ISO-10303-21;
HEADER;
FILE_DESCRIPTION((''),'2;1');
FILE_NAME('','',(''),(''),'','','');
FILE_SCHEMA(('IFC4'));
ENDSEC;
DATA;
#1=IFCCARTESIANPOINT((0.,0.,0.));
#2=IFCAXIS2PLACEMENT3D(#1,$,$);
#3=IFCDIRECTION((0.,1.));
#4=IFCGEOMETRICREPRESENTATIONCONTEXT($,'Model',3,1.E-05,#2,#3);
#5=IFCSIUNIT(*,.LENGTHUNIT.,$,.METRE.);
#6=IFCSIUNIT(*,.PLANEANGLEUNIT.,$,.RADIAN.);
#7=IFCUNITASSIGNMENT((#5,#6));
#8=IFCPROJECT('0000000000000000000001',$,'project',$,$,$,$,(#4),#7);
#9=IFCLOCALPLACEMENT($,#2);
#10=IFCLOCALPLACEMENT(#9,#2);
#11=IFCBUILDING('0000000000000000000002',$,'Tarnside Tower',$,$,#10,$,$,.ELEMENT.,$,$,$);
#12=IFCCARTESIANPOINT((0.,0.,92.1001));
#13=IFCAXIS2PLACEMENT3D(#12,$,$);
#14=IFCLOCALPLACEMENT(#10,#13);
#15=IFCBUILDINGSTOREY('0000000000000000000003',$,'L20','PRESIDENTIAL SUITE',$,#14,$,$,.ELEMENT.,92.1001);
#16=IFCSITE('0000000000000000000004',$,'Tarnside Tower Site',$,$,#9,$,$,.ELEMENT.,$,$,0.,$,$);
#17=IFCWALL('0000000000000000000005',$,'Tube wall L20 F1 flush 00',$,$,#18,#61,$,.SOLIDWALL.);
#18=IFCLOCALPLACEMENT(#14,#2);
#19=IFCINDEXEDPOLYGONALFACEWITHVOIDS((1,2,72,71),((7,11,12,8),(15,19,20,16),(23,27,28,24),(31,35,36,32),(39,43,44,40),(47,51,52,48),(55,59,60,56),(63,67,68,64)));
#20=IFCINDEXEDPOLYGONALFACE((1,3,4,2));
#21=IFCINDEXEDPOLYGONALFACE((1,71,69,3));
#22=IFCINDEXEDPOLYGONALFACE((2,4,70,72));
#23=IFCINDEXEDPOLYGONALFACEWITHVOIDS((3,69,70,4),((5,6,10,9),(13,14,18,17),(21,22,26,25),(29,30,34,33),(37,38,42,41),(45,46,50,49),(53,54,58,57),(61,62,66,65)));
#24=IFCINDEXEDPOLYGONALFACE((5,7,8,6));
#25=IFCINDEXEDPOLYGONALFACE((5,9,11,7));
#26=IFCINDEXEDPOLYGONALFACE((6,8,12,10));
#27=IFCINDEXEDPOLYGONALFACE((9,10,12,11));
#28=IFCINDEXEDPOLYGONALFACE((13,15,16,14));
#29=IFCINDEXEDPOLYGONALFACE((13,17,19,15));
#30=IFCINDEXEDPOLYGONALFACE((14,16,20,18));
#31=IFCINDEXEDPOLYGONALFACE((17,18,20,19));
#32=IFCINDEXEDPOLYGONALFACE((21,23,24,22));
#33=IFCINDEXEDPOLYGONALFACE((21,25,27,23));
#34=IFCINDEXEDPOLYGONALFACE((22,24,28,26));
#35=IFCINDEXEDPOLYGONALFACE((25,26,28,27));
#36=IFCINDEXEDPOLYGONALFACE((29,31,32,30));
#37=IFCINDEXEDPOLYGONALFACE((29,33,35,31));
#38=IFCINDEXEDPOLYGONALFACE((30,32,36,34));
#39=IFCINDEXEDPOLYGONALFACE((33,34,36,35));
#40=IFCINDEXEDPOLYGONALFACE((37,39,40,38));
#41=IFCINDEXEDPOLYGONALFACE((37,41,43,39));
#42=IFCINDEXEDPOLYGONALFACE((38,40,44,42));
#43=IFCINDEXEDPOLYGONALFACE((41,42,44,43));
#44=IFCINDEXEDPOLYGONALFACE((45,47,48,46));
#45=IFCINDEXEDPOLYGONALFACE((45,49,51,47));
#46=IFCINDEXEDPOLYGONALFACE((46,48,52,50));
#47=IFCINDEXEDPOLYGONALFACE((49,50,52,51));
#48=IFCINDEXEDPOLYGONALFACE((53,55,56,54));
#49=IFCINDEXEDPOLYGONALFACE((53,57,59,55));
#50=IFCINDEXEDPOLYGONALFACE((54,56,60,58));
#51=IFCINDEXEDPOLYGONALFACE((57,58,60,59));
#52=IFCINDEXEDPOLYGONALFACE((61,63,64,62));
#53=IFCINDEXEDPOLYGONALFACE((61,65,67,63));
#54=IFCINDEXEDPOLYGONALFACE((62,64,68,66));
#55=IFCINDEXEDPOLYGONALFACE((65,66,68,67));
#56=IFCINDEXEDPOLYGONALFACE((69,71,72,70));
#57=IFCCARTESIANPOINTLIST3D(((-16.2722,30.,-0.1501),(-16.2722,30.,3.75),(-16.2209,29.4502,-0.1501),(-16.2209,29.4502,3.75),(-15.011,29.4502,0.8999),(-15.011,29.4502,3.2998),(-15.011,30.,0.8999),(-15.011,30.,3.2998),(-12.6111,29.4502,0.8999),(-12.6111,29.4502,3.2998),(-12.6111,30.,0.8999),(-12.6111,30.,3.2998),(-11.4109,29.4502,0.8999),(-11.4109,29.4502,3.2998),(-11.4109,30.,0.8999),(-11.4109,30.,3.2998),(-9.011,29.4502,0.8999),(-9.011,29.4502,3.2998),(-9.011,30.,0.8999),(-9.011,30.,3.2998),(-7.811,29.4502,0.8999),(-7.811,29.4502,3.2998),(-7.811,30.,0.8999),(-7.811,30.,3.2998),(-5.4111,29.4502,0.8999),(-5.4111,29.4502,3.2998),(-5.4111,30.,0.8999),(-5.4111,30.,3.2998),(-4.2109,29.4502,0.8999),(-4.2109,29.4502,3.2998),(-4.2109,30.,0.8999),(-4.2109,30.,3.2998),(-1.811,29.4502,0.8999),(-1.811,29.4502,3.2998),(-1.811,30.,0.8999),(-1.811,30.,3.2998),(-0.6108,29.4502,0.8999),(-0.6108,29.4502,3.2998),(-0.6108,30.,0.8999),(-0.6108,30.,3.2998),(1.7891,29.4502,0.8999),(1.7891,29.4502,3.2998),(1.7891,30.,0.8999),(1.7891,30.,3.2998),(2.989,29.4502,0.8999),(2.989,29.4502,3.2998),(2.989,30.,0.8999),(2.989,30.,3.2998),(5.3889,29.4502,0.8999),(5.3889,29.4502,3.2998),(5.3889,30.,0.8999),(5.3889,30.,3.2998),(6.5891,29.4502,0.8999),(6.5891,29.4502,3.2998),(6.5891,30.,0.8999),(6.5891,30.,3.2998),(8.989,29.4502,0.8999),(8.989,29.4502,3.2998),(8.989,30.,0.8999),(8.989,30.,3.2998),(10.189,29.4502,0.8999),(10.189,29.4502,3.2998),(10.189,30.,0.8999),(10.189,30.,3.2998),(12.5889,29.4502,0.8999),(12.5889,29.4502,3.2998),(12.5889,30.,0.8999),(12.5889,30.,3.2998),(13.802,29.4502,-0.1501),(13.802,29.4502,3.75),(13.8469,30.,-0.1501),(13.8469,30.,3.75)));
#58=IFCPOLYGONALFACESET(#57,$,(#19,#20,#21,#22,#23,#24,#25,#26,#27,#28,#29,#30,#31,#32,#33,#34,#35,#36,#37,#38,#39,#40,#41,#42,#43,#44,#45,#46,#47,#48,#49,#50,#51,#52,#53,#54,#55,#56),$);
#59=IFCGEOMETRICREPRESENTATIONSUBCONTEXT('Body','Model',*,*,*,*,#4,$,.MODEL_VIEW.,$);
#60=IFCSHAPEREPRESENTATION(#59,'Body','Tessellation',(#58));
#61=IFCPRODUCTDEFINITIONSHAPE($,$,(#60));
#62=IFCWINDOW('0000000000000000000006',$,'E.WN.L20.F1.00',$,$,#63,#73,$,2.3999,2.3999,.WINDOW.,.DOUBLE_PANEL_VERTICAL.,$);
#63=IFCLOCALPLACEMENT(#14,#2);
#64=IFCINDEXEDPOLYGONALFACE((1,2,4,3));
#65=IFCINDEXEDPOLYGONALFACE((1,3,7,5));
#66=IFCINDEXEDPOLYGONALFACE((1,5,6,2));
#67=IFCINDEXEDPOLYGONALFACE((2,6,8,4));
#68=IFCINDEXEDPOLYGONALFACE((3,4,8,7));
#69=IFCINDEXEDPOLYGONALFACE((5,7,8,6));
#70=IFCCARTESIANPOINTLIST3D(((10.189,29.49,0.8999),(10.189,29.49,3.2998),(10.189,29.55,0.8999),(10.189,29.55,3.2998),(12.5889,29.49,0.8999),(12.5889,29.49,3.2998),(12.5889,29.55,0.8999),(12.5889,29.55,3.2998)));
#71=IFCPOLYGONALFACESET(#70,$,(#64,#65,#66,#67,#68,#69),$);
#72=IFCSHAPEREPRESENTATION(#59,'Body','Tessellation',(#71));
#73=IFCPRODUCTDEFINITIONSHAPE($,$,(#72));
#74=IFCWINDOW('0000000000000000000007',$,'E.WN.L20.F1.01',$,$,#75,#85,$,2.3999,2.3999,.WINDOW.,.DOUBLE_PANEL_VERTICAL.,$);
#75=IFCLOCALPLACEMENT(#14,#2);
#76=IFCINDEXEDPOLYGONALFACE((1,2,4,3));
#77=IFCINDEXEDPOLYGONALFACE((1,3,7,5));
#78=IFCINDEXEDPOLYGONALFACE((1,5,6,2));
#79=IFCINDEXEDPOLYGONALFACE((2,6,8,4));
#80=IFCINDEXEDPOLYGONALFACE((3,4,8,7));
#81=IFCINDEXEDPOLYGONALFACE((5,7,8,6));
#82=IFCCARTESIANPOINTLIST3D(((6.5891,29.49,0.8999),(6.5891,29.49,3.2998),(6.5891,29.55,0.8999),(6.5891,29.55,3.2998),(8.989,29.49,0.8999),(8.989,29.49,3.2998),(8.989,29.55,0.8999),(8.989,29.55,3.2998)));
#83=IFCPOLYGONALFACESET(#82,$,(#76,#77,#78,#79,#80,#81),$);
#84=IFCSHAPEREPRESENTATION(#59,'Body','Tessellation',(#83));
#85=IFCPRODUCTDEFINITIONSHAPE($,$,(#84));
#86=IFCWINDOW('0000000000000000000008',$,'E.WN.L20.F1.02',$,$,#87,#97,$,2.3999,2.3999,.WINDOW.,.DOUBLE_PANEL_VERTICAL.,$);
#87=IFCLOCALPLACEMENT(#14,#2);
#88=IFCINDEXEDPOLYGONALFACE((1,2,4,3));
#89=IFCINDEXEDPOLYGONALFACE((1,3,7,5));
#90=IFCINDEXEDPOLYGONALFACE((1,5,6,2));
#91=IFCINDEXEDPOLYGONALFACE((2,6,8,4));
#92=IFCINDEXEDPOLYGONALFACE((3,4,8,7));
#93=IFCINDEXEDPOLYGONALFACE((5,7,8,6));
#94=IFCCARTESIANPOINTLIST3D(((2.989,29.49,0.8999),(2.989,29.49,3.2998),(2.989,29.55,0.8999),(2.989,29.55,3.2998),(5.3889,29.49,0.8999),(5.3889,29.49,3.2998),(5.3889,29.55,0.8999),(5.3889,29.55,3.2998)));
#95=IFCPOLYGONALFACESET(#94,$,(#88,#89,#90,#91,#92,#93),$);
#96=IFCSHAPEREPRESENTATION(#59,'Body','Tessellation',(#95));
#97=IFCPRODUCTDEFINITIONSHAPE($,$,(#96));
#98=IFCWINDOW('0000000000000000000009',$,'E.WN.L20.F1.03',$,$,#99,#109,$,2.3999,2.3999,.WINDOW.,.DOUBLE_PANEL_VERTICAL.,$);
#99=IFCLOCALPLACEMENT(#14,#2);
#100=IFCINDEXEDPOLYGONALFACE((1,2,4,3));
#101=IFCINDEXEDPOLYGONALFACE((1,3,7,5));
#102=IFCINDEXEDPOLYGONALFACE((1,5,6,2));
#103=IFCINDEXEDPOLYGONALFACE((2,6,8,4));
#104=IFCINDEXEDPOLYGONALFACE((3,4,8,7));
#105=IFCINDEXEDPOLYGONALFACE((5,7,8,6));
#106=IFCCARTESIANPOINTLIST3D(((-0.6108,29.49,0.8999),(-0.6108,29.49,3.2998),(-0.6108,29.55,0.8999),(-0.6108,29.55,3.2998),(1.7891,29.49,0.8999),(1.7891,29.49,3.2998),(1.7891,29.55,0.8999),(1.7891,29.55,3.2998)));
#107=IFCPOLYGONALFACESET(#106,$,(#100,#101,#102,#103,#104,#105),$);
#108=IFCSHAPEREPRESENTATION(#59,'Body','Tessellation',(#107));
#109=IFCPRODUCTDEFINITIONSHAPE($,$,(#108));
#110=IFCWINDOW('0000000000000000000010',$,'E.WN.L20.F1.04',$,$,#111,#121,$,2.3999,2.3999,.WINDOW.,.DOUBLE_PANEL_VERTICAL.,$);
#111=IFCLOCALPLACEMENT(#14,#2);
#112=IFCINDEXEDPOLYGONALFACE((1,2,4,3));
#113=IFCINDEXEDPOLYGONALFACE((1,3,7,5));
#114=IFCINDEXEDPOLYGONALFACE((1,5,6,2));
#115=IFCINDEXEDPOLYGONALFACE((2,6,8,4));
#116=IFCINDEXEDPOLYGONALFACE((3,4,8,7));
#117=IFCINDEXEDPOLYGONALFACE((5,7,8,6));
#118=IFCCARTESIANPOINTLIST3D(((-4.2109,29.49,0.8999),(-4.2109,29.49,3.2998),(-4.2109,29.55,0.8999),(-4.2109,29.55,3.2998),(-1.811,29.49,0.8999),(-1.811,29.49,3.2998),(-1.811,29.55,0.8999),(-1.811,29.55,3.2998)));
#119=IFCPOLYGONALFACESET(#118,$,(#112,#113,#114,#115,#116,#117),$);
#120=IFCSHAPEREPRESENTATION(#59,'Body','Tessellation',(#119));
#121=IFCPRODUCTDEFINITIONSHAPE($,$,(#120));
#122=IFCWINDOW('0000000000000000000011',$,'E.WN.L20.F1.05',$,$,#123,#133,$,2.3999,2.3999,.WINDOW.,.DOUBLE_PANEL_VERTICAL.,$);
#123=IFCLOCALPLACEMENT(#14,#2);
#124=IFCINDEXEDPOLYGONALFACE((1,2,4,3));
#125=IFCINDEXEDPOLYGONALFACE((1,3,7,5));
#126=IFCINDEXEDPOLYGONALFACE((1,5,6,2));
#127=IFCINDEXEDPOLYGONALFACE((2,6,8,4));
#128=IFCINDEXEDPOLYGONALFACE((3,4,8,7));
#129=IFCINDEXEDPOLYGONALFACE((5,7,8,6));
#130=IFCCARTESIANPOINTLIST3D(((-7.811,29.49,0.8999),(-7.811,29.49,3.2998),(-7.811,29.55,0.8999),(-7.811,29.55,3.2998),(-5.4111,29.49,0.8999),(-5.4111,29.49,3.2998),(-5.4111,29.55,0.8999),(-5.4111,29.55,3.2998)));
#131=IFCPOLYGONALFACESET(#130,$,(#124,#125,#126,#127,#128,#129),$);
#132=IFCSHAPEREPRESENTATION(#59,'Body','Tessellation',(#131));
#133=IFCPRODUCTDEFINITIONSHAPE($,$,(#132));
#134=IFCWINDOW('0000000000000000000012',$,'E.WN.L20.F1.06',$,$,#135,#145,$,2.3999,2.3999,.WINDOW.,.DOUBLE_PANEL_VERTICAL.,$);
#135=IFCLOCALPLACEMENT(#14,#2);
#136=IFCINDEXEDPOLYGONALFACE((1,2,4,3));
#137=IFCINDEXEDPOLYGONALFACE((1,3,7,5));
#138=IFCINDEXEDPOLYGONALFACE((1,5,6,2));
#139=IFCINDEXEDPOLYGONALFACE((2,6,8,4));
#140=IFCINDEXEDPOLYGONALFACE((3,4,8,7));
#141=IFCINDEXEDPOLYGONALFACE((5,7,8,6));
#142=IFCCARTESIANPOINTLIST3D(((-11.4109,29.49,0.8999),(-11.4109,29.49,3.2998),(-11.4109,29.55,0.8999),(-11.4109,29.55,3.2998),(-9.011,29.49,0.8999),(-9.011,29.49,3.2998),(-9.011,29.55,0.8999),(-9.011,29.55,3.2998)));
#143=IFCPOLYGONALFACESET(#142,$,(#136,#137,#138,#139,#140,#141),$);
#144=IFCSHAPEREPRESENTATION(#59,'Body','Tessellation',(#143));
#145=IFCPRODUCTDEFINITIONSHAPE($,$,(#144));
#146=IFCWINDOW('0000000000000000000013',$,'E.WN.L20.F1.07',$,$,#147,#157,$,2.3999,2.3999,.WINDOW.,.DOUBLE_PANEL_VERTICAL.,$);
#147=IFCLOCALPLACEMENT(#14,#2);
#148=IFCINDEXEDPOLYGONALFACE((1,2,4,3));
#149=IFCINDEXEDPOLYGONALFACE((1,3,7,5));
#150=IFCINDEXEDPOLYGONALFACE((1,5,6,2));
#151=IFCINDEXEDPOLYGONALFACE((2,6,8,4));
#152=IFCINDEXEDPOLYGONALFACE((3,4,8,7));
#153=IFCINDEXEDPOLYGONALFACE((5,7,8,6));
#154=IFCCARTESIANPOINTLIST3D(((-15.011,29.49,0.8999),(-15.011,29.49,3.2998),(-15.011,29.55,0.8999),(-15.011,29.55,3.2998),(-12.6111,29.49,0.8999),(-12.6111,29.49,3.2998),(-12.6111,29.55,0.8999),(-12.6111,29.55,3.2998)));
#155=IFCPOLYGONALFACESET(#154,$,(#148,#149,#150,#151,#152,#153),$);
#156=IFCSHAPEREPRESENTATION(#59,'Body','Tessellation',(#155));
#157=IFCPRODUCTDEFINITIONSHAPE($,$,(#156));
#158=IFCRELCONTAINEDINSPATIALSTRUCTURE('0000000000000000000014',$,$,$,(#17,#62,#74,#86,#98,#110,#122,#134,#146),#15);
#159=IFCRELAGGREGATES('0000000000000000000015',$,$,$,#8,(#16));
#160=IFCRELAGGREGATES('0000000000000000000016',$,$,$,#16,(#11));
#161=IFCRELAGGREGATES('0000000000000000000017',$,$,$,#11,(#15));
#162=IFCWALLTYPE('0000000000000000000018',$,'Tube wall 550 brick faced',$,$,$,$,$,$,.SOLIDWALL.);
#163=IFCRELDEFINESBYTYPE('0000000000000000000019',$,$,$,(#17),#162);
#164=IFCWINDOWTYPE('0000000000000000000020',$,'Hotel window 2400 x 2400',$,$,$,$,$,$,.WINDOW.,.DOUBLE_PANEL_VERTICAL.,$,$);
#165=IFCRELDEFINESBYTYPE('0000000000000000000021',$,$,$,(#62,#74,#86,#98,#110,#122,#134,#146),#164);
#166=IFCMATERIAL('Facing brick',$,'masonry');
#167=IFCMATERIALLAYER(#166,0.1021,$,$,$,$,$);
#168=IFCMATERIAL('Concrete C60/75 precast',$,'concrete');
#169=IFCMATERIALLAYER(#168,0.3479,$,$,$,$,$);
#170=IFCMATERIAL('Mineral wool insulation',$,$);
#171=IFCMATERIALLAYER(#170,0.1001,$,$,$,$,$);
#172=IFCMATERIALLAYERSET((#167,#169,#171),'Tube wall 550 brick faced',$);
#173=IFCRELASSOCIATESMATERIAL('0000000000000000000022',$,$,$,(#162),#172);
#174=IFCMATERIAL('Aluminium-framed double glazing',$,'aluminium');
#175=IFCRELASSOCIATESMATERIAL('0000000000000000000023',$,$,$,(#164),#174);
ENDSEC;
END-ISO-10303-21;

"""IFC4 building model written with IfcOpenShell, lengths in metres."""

from ifc_helpers import new_model, si_unit, direction, frame, frame_2d, origin, place, context, subcontext, project, spatial, polyline, rectangle, outline, extrude, material, layer, layer_set, type_object, element, fill, save


model = new_model("IFC4")

# Units and contexts
model_context = context("Model", 3, precision=1e-05, world=origin(), true_north=direction((0.0, 1.0)))
body_context = subcontext(model_context, "Body", "Model", "MODEL_VIEW")
ifc_project = project(units=[si_unit("LENGTHUNIT", "METRE"), si_unit("PLANEANGLEUNIT", "RADIAN")], contexts=[model_context])

# Site, building, storey
site_placement = place(None, origin())
site = spatial("IfcSite", under=ifc_project, at=site_placement, Name="Tarnside Tower Site", CompositionType="ELEMENT", RefElevation=0.0)
building_placement = place(site_placement, origin())
building = spatial("IfcBuilding", under=site, at=building_placement, Name="Tarnside Tower", CompositionType="ELEMENT")
storey_placement = place(building_placement, frame((0.0, 0.0, 92.1001)))
storey = spatial("IfcBuildingStorey", under=building, at=storey_placement, Name="L20", Description="PRESIDENTIAL SUITE", CompositionType="ELEMENT", Elevation=92.1001)

# Wall, openings, windows
ifc_material_1 = material(Name="Facing brick", Category="masonry")
ifc_layer_1 = layer(ifc_material_1, 0.1021)
ifc_material_2 = material(Name="Concrete C60/75 precast", Category="concrete")
ifc_layer_2 = layer(ifc_material_2, 0.3479)
ifc_material_3 = material(Name="Mineral wool insulation")
ifc_layer_3 = layer(ifc_material_3, 0.1001)
ifc_layer_set_1 = layer_set([ifc_layer_1, ifc_layer_2, ifc_layer_3], Name="Tube wall 550 brick faced")
wall_type_1 = type_object("IfcWallType", Name="Tube wall 550 brick faced", PredefinedType="SOLIDWALL", material=ifc_layer_set_1)
wall_1_placement = place(storey_placement, frame((13.8245, 29.7251, -0.1501), z_axis=(0.0, 0.0, 1.0), x_axis=(-1.0, 0.0, 0.0)))
wall_1 = element("IfcWall", 1, at=wall_1_placement, inside=storey, type_object=wall_type_1, Name="Tube wall L20 F1 flush 00", PredefinedType="SOLIDWALL", context=body_context, shape_type="SweptSolid", body=[
    extrude(outline(polyline([(-0.0225, -0.2749), (30.0967, -0.2749), (30.0454, 0.2749), (0.0225, 0.2749), (-0.0225, -0.2749)])), origin(), (0.0, 0.0, 1.0), 3.9001),
])
opening_1_placement = place(wall_1_placement, frame((1.2356, 0.0, 1.05)))
opening_1 = element("IfcOpeningElement", 2, at=opening_1_placement, cuts=wall_1, PredefinedType="OPENING", context=body_context, shape_type="SweptSolid", body=[
    extrude(rectangle(XDim=2.3999, YDim=2.3999, at=frame_2d((1.2, 1.2))), frame((0.0, 0.2852, 0.0), z_axis=(0.0, -1.0, 0.0), x_axis=(1.0, 0.0, 0.0)), (0.0, 0.0, 1.0), 0.5701),
])
opening_2_placement = place(wall_1_placement, frame((4.8354, 0.0, 1.05)))
opening_2 = element("IfcOpeningElement", 3, at=opening_2_placement, cuts=wall_1, PredefinedType="OPENING", context=body_context, shape_type="SweptSolid", body=[
    extrude(rectangle(XDim=2.3999, YDim=2.3999, at=frame_2d((1.2, 1.2))), frame((0.0, 0.2852, 0.0), z_axis=(0.0, -1.0, 0.0), x_axis=(1.0, 0.0, 0.0)), (0.0, 0.0, 1.0), 0.5701),
])
opening_3_placement = place(wall_1_placement, frame((8.4355, 0.0, 1.05)))
opening_3 = element("IfcOpeningElement", 4, at=opening_3_placement, cuts=wall_1, PredefinedType="OPENING", context=body_context, shape_type="SweptSolid", body=[
    extrude(rectangle(XDim=2.3999, YDim=2.3999, at=frame_2d((1.2, 1.2))), frame((0.0, 0.2852, 0.0), z_axis=(0.0, -1.0, 0.0), x_axis=(1.0, 0.0, 0.0)), (0.0, 0.0, 1.0), 0.5701),
])
opening_4_placement = place(wall_1_placement, frame((12.0354, 0.0, 1.05)))
opening_4 = element("IfcOpeningElement", 5, at=opening_4_placement, cuts=wall_1, PredefinedType="OPENING", context=body_context, shape_type="SweptSolid", body=[
    extrude(rectangle(XDim=2.3999, YDim=2.3999, at=frame_2d((1.2, 1.2))), frame((0.0, 0.2852, 0.0), z_axis=(0.0, -1.0, 0.0), x_axis=(1.0, 0.0, 0.0)), (0.0, 0.0, 1.0), 0.5701),
])
opening_5_placement = place(wall_1_placement, frame((15.6355, 0.0, 1.05)))
opening_5 = element("IfcOpeningElement", 6, at=opening_5_placement, cuts=wall_1, PredefinedType="OPENING", context=body_context, shape_type="SweptSolid", body=[
    extrude(rectangle(XDim=2.3999, YDim=2.3999, at=frame_2d((1.2, 1.2))), frame((0.0, 0.2852, 0.0), z_axis=(0.0, -1.0, 0.0), x_axis=(1.0, 0.0, 0.0)), (0.0, 0.0, 1.0), 0.5701),
])
opening_6_placement = place(wall_1_placement, frame((19.2356, 0.0, 1.05)))
opening_6 = element("IfcOpeningElement", 7, at=opening_6_placement, cuts=wall_1, PredefinedType="OPENING", context=body_context, shape_type="SweptSolid", body=[
    extrude(rectangle(XDim=2.3999, YDim=2.3999, at=frame_2d((1.2, 1.2))), frame((0.0, 0.2852, 0.0), z_axis=(0.0, -1.0, 0.0), x_axis=(1.0, 0.0, 0.0)), (0.0, 0.0, 1.0), 0.5701),
])
opening_7_placement = place(wall_1_placement, frame((22.8354, 0.0, 1.05)))
opening_7 = element("IfcOpeningElement", 8, at=opening_7_placement, cuts=wall_1, PredefinedType="OPENING", context=body_context, shape_type="SweptSolid", body=[
    extrude(rectangle(XDim=2.3999, YDim=2.3999, at=frame_2d((1.2, 1.2))), frame((0.0, 0.2852, 0.0), z_axis=(0.0, -1.0, 0.0), x_axis=(1.0, 0.0, 0.0)), (0.0, 0.0, 1.0), 0.5701),
])
opening_8_placement = place(wall_1_placement, frame((26.4355, 0.0, 1.05)))
opening_8 = element("IfcOpeningElement", 9, at=opening_8_placement, cuts=wall_1, PredefinedType="OPENING", context=body_context, shape_type="SweptSolid", body=[
    extrude(rectangle(XDim=2.3999, YDim=2.3999, at=frame_2d((1.2, 1.2))), frame((0.0, 0.2852, 0.0), z_axis=(0.0, -1.0, 0.0), x_axis=(1.0, 0.0, 0.0)), (0.0, 0.0, 1.0), 0.5701),
])
ifc_material_4 = material(Name="Aluminium-framed double glazing", Category="aluminium")
window_type = type_object("IfcWindowType", Name="Hotel window 2400 x 2400", PartitioningType="DOUBLE_PANEL_VERTICAL", PredefinedType="WINDOW", material=ifc_material_4)
window_1_placement = place(opening_1_placement, frame((0.0, 0.2051, 0.0)))
window_1 = element("IfcWindow", 10, at=window_1_placement, inside=storey, type_object=window_type, Name="E.WN.L20.F1.00", OverallHeight=2.3999, OverallWidth=2.3999, PartitioningType="DOUBLE_PANEL_VERTICAL", PredefinedType="WINDOW", context=body_context, shape_type="SweptSolid", body=[
    extrude(rectangle(XDim=2.3999, YDim=2.3999, at=frame_2d((1.2, 1.2))), frame((0.0, 0.03, 0.0), z_axis=(0.0, -1.0, 0.0), x_axis=(1.0, 0.0, 0.0)), (0.0, 0.0, 1.0), 0.0601),
])
fill(opening_1, window_1)
window_2_placement = place(opening_2_placement, frame((0.0, 0.2051, 0.0)))
window_2 = element("IfcWindow", 11, at=window_2_placement, inside=storey, type_object=window_type, Name="E.WN.L20.F1.01", OverallHeight=2.3999, OverallWidth=2.3999, PartitioningType="DOUBLE_PANEL_VERTICAL", PredefinedType="WINDOW", context=body_context, shape_type="SweptSolid", body=[
    extrude(rectangle(XDim=2.3999, YDim=2.3999, at=frame_2d((1.2, 1.2))), frame((0.0, 0.03, 0.0), z_axis=(0.0, -1.0, 0.0), x_axis=(1.0, 0.0, 0.0)), (0.0, 0.0, 1.0), 0.0601),
])
fill(opening_2, window_2)
window_3_placement = place(opening_3_placement, frame((0.0, 0.2051, 0.0)))
window_3 = element("IfcWindow", 12, at=window_3_placement, inside=storey, type_object=window_type, Name="E.WN.L20.F1.02", OverallHeight=2.3999, OverallWidth=2.3999, PartitioningType="DOUBLE_PANEL_VERTICAL", PredefinedType="WINDOW", context=body_context, shape_type="SweptSolid", body=[
    extrude(rectangle(XDim=2.3999, YDim=2.3999, at=frame_2d((1.2, 1.2))), frame((0.0, 0.03, 0.0), z_axis=(0.0, -1.0, 0.0), x_axis=(1.0, 0.0, 0.0)), (0.0, 0.0, 1.0), 0.0601),
])
fill(opening_3, window_3)
window_4_placement = place(opening_4_placement, frame((0.0, 0.2051, 0.0)))
window_4 = element("IfcWindow", 13, at=window_4_placement, inside=storey, type_object=window_type, Name="E.WN.L20.F1.03", OverallHeight=2.3999, OverallWidth=2.3999, PartitioningType="DOUBLE_PANEL_VERTICAL", PredefinedType="WINDOW", context=body_context, shape_type="SweptSolid", body=[
    extrude(rectangle(XDim=2.3999, YDim=2.3999, at=frame_2d((1.2, 1.2))), frame((0.0, 0.03, 0.0), z_axis=(0.0, -1.0, 0.0), x_axis=(1.0, 0.0, 0.0)), (0.0, 0.0, 1.0), 0.0601),
])
fill(opening_4, window_4)
window_5_placement = place(opening_5_placement, frame((0.0, 0.2051, 0.0)))
window_5 = element("IfcWindow", 14, at=window_5_placement, inside=storey, type_object=window_type, Name="E.WN.L20.F1.04", OverallHeight=2.3999, OverallWidth=2.3999, PartitioningType="DOUBLE_PANEL_VERTICAL", PredefinedType="WINDOW", context=body_context, shape_type="SweptSolid", body=[
    extrude(rectangle(XDim=2.3999, YDim=2.3999, at=frame_2d((1.2, 1.2))), frame((0.0, 0.03, 0.0), z_axis=(0.0, -1.0, 0.0), x_axis=(1.0, 0.0, 0.0)), (0.0, 0.0, 1.0), 0.0601),
])
fill(opening_5, window_5)
window_6_placement = place(opening_6_placement, frame((0.0, 0.2051, 0.0)))
window_6 = element("IfcWindow", 15, at=window_6_placement, inside=storey, type_object=window_type, Name="E.WN.L20.F1.05", OverallHeight=2.3999, OverallWidth=2.3999, PartitioningType="DOUBLE_PANEL_VERTICAL", PredefinedType="WINDOW", context=body_context, shape_type="SweptSolid", body=[
    extrude(rectangle(XDim=2.3999, YDim=2.3999, at=frame_2d((1.2, 1.2))), frame((0.0, 0.03, 0.0), z_axis=(0.0, -1.0, 0.0), x_axis=(1.0, 0.0, 0.0)), (0.0, 0.0, 1.0), 0.0601),
])
fill(opening_6, window_6)
window_7_placement = place(opening_7_placement, frame((0.0, 0.2051, 0.0)))
window_7 = element("IfcWindow", 16, at=window_7_placement, inside=storey, type_object=window_type, Name="E.WN.L20.F1.06", OverallHeight=2.3999, OverallWidth=2.3999, PartitioningType="DOUBLE_PANEL_VERTICAL", PredefinedType="WINDOW", context=body_context, shape_type="SweptSolid", body=[
    extrude(rectangle(XDim=2.3999, YDim=2.3999, at=frame_2d((1.2, 1.2))), frame((0.0, 0.03, 0.0), z_axis=(0.0, -1.0, 0.0), x_axis=(1.0, 0.0, 0.0)), (0.0, 0.0, 1.0), 0.0601),
])
fill(opening_7, window_7)
window_8_placement = place(opening_8_placement, frame((0.0, 0.2051, 0.0)))
window_8 = element("IfcWindow", 17, at=window_8_placement, inside=storey, type_object=window_type, Name="E.WN.L20.F1.07", OverallHeight=2.3999, OverallWidth=2.3999, PartitioningType="DOUBLE_PANEL_VERTICAL", PredefinedType="WINDOW", context=body_context, shape_type="SweptSolid", body=[
    extrude(rectangle(XDim=2.3999, YDim=2.3999, at=frame_2d((1.2, 1.2))), frame((0.0, 0.03, 0.0), z_axis=(0.0, -1.0, 0.0), x_axis=(1.0, 0.0, 0.0)), (0.0, 0.0, 1.0), 0.0601),
])
fill(opening_8, window_8)

save(model, "model.ifc")
